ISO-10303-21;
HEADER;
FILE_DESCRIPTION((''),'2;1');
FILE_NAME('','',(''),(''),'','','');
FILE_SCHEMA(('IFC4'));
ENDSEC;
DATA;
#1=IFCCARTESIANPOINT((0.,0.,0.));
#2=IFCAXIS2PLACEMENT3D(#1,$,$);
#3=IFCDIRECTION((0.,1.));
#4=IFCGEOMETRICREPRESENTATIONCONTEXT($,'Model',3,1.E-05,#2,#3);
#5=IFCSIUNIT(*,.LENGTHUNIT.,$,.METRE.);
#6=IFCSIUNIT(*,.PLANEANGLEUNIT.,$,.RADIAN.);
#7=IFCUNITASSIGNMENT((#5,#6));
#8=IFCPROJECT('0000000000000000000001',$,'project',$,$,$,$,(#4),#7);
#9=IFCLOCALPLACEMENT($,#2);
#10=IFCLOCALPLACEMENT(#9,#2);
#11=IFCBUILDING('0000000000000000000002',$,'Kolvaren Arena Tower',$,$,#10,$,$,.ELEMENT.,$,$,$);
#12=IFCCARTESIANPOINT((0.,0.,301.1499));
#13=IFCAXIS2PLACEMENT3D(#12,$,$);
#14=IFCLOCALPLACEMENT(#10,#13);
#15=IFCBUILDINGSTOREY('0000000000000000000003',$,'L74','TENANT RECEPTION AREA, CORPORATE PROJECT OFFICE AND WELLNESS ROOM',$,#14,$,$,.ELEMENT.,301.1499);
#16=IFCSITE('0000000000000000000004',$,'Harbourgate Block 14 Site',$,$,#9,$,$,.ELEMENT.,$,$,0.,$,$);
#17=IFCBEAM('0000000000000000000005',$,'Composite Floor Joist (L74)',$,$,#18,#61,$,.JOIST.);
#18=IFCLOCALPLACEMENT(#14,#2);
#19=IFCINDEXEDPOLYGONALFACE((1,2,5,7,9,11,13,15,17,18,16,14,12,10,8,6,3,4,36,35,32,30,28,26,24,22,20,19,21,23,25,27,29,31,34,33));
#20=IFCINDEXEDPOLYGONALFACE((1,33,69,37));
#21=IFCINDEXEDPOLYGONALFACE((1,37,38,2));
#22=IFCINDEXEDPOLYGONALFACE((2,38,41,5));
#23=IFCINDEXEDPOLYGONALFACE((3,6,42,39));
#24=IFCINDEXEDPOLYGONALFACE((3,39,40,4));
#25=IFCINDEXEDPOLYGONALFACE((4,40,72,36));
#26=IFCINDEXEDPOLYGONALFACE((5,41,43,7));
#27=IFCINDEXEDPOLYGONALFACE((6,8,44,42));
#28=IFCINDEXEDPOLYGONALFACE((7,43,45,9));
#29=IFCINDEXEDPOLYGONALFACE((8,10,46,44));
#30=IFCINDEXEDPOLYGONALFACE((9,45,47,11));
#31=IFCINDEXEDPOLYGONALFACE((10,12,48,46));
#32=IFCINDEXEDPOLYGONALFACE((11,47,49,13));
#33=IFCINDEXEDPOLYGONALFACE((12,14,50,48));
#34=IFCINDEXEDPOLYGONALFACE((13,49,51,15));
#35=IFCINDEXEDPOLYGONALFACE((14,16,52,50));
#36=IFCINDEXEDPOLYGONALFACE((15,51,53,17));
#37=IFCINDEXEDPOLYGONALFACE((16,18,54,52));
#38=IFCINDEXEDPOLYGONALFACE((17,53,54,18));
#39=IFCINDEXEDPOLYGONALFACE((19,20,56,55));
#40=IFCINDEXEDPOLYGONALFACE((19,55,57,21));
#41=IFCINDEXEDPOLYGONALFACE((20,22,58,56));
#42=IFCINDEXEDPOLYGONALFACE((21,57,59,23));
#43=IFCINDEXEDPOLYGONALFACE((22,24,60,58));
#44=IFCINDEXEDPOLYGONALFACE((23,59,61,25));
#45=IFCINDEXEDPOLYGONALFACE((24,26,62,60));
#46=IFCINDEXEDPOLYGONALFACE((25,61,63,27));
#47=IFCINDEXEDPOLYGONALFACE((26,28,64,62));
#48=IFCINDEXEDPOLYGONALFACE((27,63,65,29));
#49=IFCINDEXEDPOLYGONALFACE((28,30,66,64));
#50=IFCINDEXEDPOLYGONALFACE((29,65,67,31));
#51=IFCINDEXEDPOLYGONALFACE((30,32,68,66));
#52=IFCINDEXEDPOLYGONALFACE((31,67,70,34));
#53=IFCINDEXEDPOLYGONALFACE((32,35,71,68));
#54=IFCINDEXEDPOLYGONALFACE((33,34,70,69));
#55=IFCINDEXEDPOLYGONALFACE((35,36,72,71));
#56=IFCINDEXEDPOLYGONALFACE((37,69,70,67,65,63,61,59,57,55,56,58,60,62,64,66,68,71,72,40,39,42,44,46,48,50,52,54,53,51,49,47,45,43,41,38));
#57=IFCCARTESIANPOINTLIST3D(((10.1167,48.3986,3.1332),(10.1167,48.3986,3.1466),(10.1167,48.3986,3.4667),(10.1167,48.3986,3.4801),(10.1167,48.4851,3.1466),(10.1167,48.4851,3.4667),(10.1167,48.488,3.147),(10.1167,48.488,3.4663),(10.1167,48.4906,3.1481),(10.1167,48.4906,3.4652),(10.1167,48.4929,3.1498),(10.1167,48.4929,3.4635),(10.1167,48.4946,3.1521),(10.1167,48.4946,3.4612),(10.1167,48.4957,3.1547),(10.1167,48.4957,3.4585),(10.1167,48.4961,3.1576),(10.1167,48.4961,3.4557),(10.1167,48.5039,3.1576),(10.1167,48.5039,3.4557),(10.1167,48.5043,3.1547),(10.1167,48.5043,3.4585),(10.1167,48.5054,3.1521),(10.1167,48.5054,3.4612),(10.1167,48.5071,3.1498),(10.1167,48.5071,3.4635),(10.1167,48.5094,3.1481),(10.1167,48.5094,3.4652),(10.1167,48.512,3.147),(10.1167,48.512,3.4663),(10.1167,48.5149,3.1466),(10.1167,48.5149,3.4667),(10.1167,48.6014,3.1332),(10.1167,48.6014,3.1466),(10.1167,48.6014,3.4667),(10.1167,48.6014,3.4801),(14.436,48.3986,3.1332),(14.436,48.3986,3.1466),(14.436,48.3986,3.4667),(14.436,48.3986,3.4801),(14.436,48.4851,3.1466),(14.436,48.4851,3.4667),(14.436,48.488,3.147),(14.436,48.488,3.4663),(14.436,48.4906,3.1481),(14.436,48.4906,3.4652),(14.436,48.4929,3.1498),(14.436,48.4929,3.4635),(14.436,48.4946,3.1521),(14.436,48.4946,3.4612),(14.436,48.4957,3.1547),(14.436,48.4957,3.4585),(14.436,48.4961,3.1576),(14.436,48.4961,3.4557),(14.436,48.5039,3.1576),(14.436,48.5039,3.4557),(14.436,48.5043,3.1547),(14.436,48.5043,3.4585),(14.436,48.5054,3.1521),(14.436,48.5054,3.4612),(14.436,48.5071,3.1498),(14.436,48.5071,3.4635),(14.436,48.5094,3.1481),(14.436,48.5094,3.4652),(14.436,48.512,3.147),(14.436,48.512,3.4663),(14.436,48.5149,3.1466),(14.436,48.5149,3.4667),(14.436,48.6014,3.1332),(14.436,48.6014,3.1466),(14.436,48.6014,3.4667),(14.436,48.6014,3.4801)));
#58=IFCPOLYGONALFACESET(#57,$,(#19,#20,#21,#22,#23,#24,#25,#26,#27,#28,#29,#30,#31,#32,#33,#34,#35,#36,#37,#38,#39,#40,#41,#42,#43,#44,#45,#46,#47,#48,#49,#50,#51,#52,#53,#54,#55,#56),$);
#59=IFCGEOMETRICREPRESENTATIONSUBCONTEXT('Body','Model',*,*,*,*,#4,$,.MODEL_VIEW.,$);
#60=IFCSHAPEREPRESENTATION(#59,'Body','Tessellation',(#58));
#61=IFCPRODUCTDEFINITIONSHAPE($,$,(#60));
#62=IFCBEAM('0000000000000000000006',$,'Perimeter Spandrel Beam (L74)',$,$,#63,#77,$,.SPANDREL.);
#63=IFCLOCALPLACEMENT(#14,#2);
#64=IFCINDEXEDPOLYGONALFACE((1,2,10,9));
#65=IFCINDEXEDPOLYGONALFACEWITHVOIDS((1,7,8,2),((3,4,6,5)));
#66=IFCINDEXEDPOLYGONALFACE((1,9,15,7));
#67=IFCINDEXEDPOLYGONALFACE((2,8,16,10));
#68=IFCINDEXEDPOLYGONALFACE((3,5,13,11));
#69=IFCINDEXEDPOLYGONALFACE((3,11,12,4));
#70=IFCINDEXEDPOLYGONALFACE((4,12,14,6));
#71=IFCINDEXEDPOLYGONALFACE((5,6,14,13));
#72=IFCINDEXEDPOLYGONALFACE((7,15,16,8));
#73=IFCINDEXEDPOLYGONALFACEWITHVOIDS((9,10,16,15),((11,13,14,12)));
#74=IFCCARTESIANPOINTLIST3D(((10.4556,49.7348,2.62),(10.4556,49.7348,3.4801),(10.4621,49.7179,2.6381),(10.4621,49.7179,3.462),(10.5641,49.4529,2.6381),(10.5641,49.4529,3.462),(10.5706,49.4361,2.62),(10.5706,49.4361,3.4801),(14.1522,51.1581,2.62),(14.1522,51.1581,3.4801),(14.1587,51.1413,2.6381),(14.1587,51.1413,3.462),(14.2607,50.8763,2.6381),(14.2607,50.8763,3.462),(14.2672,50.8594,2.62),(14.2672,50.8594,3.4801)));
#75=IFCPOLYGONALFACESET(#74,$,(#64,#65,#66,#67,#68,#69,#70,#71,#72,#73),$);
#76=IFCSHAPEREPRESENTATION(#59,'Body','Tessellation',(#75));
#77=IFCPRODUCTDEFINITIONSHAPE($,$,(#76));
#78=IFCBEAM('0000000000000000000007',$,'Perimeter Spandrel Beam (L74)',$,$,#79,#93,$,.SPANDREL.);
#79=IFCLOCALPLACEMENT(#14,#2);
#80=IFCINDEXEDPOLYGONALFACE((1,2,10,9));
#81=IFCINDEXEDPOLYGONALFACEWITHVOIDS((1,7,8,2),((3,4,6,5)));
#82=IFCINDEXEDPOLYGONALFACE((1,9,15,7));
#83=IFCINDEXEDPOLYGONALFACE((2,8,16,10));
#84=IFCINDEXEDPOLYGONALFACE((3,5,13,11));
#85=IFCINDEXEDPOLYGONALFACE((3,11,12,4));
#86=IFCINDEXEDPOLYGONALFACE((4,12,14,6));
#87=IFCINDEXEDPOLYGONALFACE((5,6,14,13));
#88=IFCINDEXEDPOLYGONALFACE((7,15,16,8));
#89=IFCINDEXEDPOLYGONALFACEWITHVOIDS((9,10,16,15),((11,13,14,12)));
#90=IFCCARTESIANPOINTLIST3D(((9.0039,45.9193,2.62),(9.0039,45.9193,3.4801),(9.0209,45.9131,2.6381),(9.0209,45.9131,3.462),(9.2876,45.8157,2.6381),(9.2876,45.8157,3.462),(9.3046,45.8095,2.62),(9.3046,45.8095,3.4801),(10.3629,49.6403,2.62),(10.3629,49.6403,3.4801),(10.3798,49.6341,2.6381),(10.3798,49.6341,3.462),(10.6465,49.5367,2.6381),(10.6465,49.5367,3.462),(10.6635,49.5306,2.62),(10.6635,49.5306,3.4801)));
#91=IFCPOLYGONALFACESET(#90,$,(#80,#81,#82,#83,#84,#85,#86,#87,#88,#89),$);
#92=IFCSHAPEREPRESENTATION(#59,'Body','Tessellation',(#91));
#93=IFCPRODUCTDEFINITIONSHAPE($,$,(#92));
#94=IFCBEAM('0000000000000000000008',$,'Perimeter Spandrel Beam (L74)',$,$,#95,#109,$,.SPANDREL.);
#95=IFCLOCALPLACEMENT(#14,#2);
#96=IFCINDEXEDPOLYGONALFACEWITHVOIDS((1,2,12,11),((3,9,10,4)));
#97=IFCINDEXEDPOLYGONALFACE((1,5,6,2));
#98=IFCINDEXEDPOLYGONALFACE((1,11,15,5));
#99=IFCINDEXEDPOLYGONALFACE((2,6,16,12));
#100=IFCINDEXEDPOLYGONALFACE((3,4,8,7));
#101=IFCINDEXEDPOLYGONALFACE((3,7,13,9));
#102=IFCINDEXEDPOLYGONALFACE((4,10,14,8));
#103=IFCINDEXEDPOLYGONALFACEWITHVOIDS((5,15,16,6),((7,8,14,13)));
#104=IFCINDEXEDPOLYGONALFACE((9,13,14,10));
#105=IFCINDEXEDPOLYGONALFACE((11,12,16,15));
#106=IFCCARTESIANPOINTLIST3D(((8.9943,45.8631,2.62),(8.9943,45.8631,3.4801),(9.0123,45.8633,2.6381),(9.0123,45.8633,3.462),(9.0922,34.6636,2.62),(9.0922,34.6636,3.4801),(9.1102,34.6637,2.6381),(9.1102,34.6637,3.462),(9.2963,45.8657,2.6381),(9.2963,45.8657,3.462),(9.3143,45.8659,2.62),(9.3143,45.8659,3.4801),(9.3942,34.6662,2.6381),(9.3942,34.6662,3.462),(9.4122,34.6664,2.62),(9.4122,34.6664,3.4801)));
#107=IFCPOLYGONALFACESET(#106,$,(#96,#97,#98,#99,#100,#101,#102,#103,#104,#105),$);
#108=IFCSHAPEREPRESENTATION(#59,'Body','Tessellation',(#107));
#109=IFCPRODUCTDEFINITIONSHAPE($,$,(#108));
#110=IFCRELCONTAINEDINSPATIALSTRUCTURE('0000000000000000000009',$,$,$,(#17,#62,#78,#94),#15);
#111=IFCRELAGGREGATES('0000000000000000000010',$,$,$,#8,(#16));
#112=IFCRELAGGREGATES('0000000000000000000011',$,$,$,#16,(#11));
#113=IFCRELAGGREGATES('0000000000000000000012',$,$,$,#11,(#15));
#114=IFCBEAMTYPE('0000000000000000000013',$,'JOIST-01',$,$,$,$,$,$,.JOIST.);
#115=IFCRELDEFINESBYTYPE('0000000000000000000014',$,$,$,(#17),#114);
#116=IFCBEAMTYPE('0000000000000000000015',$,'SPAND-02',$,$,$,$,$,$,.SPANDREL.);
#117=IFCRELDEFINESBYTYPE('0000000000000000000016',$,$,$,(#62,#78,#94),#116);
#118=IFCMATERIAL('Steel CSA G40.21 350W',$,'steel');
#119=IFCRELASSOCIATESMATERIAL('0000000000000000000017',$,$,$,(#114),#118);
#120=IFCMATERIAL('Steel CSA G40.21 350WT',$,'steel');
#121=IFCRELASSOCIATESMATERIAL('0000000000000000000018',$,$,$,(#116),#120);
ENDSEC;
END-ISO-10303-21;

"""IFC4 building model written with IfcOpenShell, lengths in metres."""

from ifc_helpers import new_model, si_unit, direction, frame, origin, origin_2d, place, context, subcontext, project, spatial, hollow_rectangle, i_section, extrude, material, material_profile, profile_set, type_object, element, save


model = new_model("IFC4")

# Units and contexts
model_context = context("Model", 3, precision=1e-05, world=origin(), true_north=direction((0.0, 1.0)))
body_context = subcontext(model_context, "Body", "Model", "MODEL_VIEW")
ifc_project = project(units=[si_unit("LENGTHUNIT", "METRE"), si_unit("PLANEANGLEUNIT", "RADIAN")], contexts=[model_context])

# Site, building, storey
site_placement = place(None, origin())
site = spatial("IfcSite", under=ifc_project, at=site_placement, Name="Harbourgate Block 14 Site", CompositionType="ELEMENT", RefElevation=0.0)
building_placement = place(site_placement, origin())
building = spatial("IfcBuilding", under=site, at=building_placement, Name="Kolvaren Arena Tower", CompositionType="ELEMENT")
storey_placement = place(building_placement, frame((0.0, 0.0, 301.1499)))
storey = spatial("IfcBuildingStorey", under=building, at=storey_placement, Name="L74", Description="TENANT RECEPTION AREA, CORPORATE PROJECT OFFICE AND WELLNESS ROOM", CompositionType="ELEMENT", Elevation=301.1499)

# Beams
ifc_material_1 = material(Name="Steel CSA G40.21 350W", Category="steel")
ifc_material_profile_1 = material_profile(ifc_material_1, i_section(OverallWidth=0.2029, OverallDepth=0.3469, WebThickness=0.0078, FlangeThickness=0.0134, FilletRadius=0.011, at=origin_2d()), Name="W360x64")
ifc_profile_set_1 = profile_set([ifc_material_profile_1], Name="Steel CSA G40.21 350W")
beam_type_1 = type_object("IfcBeamType", Name="JOIST-01", PredefinedType="JOIST", material=ifc_profile_set_1)
beam_1_placement = place(storey_placement, frame((10.1167, 48.5, 3.3066), z_axis=(1.0, 0.0, 0.0), x_axis=(0.0, 1.0, 0.0)))
element("IfcBeam", 1, at=beam_1_placement, inside=storey, type_object=beam_type_1, Name="Composite Floor Joist (L74)", PredefinedType="JOIST", context=body_context, shape_type="SweptSolid", body=[
    extrude(i_section(OverallWidth=0.2029, OverallDepth=0.3469, WebThickness=0.0078, FlangeThickness=0.0134, FilletRadius=0.011, at=origin_2d()), origin(), (0.0, 0.0, 1.0), 4.3193),
])
ifc_material_2 = material(Name="Steel CSA G40.21 350WT", Category="steel")
ifc_material_profile_2 = material_profile(ifc_material_2, hollow_rectangle(XDim=0.3201, YDim=0.8601, WallThickness=0.0181, at=origin_2d()), Name="HSS 860x320x18")
ifc_profile_set_2 = profile_set([ifc_material_profile_2], Name="Steel CSA G40.21 350WT")
beam_type_2 = type_object("IfcBeamType", Name="SPAND-02", PredefinedType="SPANDREL", material=ifc_profile_set_2)
beam_2_placement = place(storey_placement, frame((14.2097, 51.0088, 3.05), z_axis=(-0.933211, -0.35933, 0.0), x_axis=(0.35933, -0.933211, 0.0)))
element("IfcBeam", 2, at=beam_2_placement, inside=storey, type_object=beam_type_2, Name="Perimeter Spandrel Beam (L74)", PredefinedType="SPANDREL", context=body_context, shape_type="SweptSolid", body=[
    extrude(hollow_rectangle(XDim=0.3201, YDim=0.8601, WallThickness=0.0181, at=origin_2d()), origin(), (0.0, 0.0, 1.0), 3.9612),
])
beam_3_placement = place(storey_placement, frame((10.5132, 49.5854, 3.05), z_axis=(-0.343039, -0.939321, 0.0), x_axis=(0.939321, -0.343039, 0.0)))
element("IfcBeam", 3, at=beam_3_placement, inside=storey, type_object=beam_type_2, Name="Perimeter Spandrel Beam (L74)", PredefinedType="SPANDREL", context=body_context, shape_type="SweptSolid", body=[
    extrude(hollow_rectangle(XDim=0.3201, YDim=0.8601, WallThickness=0.0181, at=origin_2d()), origin(), (0.0, 0.0, 1.0), 3.9614),
])
beam_4_placement = place(storey_placement, frame((9.1543, 45.8645, 3.05), z_axis=(0.008741, -0.999962, 0.0), x_axis=(0.999962, 0.008741, 0.0)))
element("IfcBeam", 4, at=beam_4_placement, inside=storey, type_object=beam_type_2, Name="Perimeter Spandrel Beam (L74)", PredefinedType="SPANDREL", context=body_context, shape_type="SweptSolid", body=[
    extrude(hollow_rectangle(XDim=0.3201, YDim=0.8601, WallThickness=0.0181, at=origin_2d()), origin(), (0.0, 0.0, 1.0), 11.2),
])

save(model, "model.ifc")
